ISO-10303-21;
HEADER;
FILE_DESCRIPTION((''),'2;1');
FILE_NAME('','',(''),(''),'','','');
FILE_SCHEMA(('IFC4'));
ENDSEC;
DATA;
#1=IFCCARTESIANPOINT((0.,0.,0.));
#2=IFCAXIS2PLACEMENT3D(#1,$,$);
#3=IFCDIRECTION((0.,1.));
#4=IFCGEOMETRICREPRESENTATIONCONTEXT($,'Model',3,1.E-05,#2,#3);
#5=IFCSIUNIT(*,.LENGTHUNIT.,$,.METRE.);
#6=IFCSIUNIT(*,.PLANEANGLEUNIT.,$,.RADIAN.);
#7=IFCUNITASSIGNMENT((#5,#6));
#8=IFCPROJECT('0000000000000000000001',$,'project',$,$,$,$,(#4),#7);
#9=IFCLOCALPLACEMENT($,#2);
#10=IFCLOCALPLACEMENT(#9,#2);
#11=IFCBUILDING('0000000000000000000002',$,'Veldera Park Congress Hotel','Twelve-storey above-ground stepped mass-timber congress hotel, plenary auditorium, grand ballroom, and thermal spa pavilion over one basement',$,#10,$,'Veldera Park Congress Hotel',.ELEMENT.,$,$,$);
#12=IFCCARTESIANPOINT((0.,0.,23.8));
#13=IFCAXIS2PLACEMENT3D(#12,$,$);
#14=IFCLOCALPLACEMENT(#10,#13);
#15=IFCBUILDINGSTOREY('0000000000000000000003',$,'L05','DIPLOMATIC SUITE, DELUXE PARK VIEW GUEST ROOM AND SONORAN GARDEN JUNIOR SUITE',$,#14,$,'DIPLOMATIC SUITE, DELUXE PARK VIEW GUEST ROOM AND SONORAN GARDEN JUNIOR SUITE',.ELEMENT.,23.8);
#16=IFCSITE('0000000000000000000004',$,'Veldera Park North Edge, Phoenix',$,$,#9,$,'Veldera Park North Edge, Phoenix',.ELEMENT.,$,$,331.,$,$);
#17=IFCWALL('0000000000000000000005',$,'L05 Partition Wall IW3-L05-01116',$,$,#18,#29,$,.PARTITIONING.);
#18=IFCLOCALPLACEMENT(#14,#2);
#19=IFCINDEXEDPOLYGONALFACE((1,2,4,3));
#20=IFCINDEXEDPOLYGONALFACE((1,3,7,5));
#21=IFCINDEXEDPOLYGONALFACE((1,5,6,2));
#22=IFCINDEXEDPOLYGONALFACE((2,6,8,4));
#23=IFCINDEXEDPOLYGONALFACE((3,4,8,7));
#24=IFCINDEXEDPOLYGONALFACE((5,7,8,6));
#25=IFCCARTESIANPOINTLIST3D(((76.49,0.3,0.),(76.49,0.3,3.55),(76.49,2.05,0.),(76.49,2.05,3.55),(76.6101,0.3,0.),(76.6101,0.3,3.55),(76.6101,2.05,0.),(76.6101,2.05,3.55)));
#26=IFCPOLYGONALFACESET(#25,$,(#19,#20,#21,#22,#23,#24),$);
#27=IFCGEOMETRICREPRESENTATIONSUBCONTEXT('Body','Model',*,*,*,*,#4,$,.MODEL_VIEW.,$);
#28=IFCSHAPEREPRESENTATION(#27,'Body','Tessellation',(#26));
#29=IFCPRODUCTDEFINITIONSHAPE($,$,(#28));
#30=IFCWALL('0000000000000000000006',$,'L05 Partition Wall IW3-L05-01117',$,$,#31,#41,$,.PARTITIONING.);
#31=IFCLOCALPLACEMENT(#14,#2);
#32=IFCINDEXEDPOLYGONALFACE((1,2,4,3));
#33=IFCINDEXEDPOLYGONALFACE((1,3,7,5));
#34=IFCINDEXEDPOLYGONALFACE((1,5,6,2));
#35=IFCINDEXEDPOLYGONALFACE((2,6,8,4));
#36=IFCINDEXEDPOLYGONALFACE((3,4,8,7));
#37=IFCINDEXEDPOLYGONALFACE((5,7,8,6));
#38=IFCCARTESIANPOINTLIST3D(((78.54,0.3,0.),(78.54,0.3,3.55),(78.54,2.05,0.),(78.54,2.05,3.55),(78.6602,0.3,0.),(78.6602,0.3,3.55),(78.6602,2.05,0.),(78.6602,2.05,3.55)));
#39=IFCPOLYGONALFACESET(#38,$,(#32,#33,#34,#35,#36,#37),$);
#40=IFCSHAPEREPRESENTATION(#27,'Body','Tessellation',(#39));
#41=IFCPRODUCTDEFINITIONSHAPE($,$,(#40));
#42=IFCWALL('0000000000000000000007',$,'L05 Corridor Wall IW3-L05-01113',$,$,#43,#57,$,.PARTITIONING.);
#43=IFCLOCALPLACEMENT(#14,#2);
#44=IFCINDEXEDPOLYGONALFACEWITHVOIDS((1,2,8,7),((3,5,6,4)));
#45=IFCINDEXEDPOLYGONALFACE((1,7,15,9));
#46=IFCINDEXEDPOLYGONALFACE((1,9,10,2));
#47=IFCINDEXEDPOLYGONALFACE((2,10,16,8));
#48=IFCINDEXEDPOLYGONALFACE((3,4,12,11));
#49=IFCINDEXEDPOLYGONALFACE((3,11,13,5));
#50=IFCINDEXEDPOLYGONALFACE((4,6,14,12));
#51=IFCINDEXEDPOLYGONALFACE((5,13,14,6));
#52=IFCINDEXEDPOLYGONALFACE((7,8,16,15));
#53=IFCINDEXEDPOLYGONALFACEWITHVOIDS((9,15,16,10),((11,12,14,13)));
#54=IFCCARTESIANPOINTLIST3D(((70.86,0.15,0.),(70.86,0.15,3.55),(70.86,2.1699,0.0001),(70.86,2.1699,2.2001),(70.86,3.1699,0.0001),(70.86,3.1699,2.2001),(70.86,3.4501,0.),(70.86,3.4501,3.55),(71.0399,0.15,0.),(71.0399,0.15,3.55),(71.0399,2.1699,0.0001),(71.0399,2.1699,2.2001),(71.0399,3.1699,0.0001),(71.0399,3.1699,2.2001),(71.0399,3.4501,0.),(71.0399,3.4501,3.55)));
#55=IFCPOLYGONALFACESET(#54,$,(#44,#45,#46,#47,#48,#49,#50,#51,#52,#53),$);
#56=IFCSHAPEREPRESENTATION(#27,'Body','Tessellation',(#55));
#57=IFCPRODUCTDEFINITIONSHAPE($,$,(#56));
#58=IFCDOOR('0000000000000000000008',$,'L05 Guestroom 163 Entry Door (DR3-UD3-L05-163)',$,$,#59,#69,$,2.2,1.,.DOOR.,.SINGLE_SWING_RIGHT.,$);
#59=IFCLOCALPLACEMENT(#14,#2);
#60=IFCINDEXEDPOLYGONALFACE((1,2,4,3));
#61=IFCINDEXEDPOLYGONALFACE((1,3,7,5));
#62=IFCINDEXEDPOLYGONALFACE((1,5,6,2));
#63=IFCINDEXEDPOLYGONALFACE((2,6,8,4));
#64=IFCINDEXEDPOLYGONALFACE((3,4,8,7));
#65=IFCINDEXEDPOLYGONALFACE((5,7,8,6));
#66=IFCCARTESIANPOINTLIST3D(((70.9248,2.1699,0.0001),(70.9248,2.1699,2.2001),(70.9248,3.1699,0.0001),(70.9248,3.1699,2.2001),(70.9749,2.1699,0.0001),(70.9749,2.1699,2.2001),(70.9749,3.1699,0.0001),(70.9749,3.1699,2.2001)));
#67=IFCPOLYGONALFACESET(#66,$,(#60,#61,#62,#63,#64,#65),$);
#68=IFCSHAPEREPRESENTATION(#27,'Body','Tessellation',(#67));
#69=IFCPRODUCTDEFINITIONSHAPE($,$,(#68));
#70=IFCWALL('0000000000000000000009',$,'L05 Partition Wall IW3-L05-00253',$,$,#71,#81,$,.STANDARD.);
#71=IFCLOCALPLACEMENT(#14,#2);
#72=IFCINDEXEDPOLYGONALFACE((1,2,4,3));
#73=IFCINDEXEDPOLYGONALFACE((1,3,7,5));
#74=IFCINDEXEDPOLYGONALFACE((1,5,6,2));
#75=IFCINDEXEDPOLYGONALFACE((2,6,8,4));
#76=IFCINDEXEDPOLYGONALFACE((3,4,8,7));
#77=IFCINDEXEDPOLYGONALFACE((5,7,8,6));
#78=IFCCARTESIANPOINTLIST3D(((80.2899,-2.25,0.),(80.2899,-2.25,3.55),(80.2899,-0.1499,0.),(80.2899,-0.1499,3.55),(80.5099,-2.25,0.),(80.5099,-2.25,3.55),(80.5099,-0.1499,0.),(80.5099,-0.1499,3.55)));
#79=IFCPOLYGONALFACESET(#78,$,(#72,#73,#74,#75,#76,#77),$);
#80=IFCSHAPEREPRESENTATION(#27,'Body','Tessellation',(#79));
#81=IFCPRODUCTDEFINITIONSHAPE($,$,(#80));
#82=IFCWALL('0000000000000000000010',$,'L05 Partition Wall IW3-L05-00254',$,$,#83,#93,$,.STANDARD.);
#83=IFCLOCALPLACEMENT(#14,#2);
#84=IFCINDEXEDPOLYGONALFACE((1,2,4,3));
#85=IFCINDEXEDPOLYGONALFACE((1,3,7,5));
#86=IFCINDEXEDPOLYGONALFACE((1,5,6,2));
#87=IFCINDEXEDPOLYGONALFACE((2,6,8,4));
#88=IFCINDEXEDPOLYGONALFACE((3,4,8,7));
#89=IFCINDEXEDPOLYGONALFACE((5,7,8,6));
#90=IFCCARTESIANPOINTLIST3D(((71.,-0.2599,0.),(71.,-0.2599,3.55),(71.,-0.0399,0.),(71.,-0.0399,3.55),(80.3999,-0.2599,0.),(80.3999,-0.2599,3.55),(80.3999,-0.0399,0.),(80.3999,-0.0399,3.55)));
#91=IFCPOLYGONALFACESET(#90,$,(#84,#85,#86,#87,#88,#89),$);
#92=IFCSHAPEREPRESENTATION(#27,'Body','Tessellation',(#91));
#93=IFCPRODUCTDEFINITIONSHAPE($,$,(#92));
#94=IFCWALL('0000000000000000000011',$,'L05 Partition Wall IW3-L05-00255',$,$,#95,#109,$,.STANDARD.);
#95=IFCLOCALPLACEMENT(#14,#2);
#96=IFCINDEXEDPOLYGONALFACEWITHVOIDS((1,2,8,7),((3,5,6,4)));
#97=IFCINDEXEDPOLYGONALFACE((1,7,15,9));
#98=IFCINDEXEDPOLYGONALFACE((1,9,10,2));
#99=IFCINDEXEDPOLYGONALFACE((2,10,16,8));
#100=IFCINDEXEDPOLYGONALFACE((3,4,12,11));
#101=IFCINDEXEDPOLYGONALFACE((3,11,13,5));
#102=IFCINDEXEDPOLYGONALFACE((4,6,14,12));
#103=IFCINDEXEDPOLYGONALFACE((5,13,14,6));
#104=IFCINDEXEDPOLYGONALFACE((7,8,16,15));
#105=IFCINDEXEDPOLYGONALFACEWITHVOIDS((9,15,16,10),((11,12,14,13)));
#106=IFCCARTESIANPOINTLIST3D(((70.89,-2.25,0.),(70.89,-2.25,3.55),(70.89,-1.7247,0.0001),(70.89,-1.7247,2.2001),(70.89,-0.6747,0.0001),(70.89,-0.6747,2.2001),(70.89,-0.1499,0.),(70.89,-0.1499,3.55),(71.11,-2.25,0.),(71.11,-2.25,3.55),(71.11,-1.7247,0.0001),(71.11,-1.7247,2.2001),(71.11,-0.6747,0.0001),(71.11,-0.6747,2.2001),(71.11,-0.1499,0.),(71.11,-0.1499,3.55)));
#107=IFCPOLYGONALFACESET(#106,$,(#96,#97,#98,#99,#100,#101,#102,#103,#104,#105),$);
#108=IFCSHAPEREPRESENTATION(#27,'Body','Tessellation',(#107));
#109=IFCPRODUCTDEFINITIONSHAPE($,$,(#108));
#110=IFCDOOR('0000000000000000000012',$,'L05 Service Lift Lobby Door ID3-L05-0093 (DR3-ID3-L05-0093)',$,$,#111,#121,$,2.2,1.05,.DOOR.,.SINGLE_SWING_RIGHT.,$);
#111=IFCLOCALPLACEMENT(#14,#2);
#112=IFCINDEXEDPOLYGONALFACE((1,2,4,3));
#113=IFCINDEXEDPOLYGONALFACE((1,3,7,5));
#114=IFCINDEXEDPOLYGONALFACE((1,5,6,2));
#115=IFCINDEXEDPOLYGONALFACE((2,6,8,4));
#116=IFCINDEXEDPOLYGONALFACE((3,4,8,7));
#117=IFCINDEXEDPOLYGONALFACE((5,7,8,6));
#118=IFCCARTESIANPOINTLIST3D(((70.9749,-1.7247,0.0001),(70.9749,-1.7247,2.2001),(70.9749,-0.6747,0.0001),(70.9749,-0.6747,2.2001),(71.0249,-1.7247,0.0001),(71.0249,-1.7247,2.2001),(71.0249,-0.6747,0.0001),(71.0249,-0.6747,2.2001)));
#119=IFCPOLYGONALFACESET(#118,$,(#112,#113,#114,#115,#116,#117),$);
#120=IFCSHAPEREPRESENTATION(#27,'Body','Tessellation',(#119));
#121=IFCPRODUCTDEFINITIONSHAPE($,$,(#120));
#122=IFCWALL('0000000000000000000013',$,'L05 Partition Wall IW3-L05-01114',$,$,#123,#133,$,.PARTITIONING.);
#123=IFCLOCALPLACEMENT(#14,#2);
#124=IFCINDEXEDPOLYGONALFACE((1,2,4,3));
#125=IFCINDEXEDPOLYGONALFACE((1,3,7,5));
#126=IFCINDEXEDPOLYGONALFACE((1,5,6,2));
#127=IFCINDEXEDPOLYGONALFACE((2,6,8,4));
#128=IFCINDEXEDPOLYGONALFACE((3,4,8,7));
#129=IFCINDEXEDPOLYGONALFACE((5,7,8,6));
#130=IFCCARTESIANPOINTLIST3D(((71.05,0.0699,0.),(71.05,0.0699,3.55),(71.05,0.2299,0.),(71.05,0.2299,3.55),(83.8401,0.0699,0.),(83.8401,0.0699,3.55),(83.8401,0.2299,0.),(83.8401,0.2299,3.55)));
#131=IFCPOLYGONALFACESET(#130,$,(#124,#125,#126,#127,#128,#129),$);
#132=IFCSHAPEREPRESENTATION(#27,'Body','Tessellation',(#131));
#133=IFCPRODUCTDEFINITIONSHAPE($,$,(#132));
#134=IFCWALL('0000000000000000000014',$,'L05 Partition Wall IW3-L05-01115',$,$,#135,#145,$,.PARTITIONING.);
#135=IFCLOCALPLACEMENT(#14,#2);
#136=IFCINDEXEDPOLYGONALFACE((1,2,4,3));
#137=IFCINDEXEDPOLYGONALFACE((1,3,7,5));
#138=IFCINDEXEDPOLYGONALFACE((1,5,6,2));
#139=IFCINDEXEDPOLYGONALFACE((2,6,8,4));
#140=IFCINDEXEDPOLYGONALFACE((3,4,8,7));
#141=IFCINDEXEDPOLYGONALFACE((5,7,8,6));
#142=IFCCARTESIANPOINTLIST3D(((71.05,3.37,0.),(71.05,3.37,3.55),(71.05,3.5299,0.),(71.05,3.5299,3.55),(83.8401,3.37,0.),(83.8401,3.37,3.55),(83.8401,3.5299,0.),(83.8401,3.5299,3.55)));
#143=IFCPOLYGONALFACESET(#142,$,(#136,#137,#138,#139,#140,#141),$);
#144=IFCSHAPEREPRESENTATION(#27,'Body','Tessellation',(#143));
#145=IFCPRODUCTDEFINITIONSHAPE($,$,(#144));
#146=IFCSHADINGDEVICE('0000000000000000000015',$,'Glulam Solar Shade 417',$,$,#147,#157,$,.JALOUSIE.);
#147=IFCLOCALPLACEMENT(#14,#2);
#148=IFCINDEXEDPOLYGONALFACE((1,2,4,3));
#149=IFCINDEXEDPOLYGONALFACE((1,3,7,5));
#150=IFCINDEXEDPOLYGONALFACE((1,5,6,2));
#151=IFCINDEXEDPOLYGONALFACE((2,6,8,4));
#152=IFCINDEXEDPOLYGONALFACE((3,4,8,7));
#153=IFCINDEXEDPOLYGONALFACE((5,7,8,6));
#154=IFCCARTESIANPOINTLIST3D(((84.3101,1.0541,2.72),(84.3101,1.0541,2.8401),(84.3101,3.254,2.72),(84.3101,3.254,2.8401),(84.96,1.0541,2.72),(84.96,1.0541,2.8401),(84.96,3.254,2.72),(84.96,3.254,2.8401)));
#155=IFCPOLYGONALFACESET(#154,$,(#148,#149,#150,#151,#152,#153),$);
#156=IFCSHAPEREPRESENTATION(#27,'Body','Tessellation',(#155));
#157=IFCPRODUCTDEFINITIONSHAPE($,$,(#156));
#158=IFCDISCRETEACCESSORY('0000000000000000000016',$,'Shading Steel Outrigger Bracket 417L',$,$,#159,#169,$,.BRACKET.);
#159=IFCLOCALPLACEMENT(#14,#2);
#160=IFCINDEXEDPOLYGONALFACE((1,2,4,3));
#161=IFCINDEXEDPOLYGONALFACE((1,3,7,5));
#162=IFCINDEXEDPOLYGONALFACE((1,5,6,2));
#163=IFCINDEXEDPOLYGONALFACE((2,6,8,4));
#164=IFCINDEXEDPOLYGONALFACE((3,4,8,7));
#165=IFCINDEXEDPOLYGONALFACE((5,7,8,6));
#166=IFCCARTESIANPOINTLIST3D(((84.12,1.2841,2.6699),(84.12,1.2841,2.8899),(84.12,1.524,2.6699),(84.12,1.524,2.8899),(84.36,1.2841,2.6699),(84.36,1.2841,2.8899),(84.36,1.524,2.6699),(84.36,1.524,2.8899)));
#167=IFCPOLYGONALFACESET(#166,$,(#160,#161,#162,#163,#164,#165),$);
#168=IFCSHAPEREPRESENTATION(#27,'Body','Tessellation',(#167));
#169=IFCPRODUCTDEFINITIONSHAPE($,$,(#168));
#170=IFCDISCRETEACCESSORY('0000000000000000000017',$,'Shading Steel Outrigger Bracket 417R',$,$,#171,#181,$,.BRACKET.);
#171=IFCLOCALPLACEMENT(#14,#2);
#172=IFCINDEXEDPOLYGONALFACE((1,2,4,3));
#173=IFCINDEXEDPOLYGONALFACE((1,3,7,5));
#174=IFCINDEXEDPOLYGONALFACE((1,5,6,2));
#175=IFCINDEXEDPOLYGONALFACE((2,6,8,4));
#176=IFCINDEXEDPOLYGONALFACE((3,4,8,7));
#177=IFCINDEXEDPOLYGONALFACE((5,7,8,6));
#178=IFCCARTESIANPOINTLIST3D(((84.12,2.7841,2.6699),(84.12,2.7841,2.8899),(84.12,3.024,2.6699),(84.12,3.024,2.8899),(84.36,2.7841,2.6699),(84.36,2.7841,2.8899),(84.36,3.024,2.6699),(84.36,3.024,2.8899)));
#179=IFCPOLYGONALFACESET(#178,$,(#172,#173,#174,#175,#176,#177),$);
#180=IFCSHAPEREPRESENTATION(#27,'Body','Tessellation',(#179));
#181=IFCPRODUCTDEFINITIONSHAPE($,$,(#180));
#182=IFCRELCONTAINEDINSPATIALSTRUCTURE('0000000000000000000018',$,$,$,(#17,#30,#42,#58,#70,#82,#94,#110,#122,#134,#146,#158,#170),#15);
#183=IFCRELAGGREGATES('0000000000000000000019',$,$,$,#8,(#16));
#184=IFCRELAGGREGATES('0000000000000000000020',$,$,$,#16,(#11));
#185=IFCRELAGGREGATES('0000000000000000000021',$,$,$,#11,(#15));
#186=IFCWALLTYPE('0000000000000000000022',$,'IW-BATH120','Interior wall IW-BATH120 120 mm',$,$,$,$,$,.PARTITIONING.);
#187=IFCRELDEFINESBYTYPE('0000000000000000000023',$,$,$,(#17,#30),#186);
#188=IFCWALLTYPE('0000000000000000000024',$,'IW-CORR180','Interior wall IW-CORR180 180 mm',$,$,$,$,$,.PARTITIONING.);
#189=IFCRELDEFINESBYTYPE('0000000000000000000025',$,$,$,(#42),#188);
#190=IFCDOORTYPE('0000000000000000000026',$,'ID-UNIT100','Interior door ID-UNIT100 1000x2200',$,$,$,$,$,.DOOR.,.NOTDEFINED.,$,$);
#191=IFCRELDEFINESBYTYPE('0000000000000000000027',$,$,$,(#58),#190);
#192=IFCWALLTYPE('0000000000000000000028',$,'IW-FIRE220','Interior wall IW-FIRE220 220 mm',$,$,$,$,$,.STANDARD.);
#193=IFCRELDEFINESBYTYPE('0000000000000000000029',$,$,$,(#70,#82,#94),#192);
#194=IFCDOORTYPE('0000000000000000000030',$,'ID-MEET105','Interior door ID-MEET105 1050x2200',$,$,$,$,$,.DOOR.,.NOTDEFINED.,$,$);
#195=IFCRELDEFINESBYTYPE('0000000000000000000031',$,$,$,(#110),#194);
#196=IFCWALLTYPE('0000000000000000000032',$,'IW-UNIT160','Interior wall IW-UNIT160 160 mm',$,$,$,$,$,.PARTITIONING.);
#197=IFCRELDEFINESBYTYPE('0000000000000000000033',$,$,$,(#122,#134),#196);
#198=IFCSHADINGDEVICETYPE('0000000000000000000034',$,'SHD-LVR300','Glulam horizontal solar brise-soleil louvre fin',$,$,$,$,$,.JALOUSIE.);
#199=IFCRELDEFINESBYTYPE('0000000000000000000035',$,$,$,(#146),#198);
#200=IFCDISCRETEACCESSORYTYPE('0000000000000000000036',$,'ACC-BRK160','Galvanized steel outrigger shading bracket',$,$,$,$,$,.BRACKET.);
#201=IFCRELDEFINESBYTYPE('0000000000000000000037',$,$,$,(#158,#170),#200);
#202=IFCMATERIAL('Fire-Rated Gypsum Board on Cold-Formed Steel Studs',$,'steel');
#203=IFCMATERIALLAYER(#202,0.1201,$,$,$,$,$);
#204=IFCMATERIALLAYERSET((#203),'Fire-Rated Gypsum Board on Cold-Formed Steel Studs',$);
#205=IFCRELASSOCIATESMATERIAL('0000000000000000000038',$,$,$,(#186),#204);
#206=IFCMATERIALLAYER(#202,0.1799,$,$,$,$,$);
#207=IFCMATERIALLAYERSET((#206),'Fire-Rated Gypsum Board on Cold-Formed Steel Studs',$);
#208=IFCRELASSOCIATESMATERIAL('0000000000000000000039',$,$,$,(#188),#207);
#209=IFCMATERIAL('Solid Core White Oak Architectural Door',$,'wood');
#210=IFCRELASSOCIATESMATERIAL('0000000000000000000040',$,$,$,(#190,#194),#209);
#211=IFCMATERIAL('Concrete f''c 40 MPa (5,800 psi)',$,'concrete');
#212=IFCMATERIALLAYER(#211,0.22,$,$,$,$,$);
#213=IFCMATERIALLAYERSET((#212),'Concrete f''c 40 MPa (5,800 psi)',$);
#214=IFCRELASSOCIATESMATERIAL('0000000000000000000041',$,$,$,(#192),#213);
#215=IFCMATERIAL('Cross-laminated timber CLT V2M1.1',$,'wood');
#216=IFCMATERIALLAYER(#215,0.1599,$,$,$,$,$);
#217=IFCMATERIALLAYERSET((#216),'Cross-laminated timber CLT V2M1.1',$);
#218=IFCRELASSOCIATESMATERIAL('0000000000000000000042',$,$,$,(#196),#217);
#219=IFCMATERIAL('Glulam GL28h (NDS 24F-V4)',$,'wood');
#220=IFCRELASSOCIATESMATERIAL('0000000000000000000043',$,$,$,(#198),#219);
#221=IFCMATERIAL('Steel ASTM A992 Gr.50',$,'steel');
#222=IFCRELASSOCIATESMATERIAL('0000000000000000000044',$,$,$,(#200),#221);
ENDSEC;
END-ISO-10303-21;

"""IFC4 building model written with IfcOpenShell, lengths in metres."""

from ifc_helpers import new_model, si_unit, direction, frame, frame_2d, origin, origin_2d, place, context, subcontext, project, spatial, rectangle, extrude, material, layer, layer_set, type_object, element, fill, save


model = new_model("IFC4")

# Units and contexts
model_context = context("Model", 3, precision=1e-05, world=origin(), true_north=direction((0.0, 1.0)))
body_context = subcontext(model_context, "Body", "Model", "MODEL_VIEW")
ifc_project = project(units=[si_unit("LENGTHUNIT", "METRE"), si_unit("PLANEANGLEUNIT", "RADIAN")], contexts=[model_context])

# Site, building, storey
site_placement = place(None, origin())
site = spatial("IfcSite", under=ifc_project, at=site_placement, Name="Veldera Park North Edge, Phoenix", LongName="Veldera Park North Edge, Phoenix", CompositionType="ELEMENT", RefElevation=331.0)
building_placement = place(site_placement, origin())
building = spatial("IfcBuilding", under=site, at=building_placement, Name="Veldera Park Congress Hotel", Description="Twelve-storey above-ground stepped mass-timber congress hotel, plenary auditorium, grand ballroom, and thermal spa pavilion over one basement", LongName="Veldera Park Congress Hotel", CompositionType="ELEMENT")
storey_placement = place(building_placement, frame((0.0, 0.0, 23.8)))
storey = spatial("IfcBuildingStorey", under=building, at=storey_placement, Name="L05", Description="DIPLOMATIC SUITE, DELUXE PARK VIEW GUEST ROOM AND SONORAN GARDEN JUNIOR SUITE", LongName="DIPLOMATIC SUITE, DELUXE PARK VIEW GUEST ROOM AND SONORAN GARDEN JUNIOR SUITE", CompositionType="ELEMENT", Elevation=23.8)

# Shared definitions
ifc_material_1 = material(Name="Glulam GL28h (NDS 24F-V4)", Category="wood")

# Shared definitions
ifc_material_2 = material(Name="Cross-laminated timber CLT V2M1.1", Category="wood")

# Walls
ifc_material_3 = material(Name="Fire-Rated Gypsum Board on Cold-Formed Steel Studs", Category="steel")
ifc_layer_1 = layer(ifc_material_3, 0.1201)
ifc_layer_set_1 = layer_set([ifc_layer_1], Name="Fire-Rated Gypsum Board on Cold-Formed Steel Studs")
wall_type_1 = type_object("IfcWallType", Name="IW-BATH120", Description="Interior wall IW-BATH120 120 mm", PredefinedType="PARTITIONING", material=ifc_layer_set_1)
for number, where, z_axis, x_axis, name in (
    (1, (76.55, 0.3, 0.0), (0.0, 0.0, 1.0), (0.0, 1.0, 0.0), "L05 Partition Wall IW3-L05-01116"),
    (2, (78.6001, 0.3, 0.0), (0.0, 0.0, 1.0), (0.0, 1.0, 0.0), "L05 Partition Wall IW3-L05-01117"),
):
    element("IfcWall", number, at=place(storey_placement, frame(where, z_axis=z_axis, x_axis=x_axis)), inside=storey, type_object=wall_type_1, Name=name, PredefinedType="PARTITIONING", context=body_context, shape_type="SweptSolid", body=[
        extrude(rectangle(XDim=1.75, YDim=0.1201, at=frame_2d((0.875, 0.0))), origin(), (0.0, 0.0, 1.0), 3.55),
    ])

# Wall, opening, door
ifc_material_4 = material(Name="Solid Core White Oak Architectural Door", Category="wood")
ifc_layer_2 = layer(ifc_material_3, 0.1799)
ifc_layer_set_2 = layer_set([ifc_layer_2], Name="Fire-Rated Gypsum Board on Cold-Formed Steel Studs")
wall_type_2 = type_object("IfcWallType", Name="IW-CORR180", Description="Interior wall IW-CORR180 180 mm", PredefinedType="PARTITIONING", material=ifc_layer_set_2)
wall_1_placement = place(storey_placement, frame((70.95, 3.45, 0.0), z_axis=(0.0, 0.0, 1.0), x_axis=(0.0, -1.0, 0.0)))
wall_1 = element("IfcWall", 3, at=wall_1_placement, inside=storey, type_object=wall_type_2, Name="L05 Corridor Wall IW3-L05-01113", PredefinedType="PARTITIONING", context=body_context, shape_type="SweptSolid", body=[
    extrude(rectangle(XDim=3.3, YDim=0.1799, at=frame_2d((1.6499, 0.0))), origin(), (0.0, 0.0, 1.0), 3.55),
])
opening_1_placement = place(wall_1_placement, frame((0.28, 0.0, 0.0)))
opening_1 = element("IfcOpeningElement", 4, at=opening_1_placement, cuts=wall_1, PredefinedType="OPENING", context=body_context, shape_type="SweptSolid", body=[
    extrude(rectangle(XDim=1.0, YDim=2.2, at=frame_2d((0.5, 1.1001))), frame((0.0, 0.1021, 0.0), z_axis=(0.0, -1.0, 0.0), x_axis=(1.0, 0.0, 0.0)), (0.0, 0.0, 1.0), 0.2039),
])
door_type_1 = type_object("IfcDoorType", Name="ID-UNIT100", Description="Interior door ID-UNIT100 1000x2200", OperationType="NOTDEFINED", PredefinedType="DOOR", material=ifc_material_4)
door_1_placement = place(opening_1_placement, origin())
door_1 = element("IfcDoor", 5, at=door_1_placement, inside=storey, type_object=door_type_1, Name="L05 Guestroom 163 Entry Door (DR3-UD3-L05-163)", OperationType="SINGLE_SWING_RIGHT", OverallHeight=2.2, OverallWidth=1.0, PredefinedType="DOOR", context=body_context, shape_type="SweptSolid", body=[
    extrude(rectangle(XDim=1.0, YDim=2.2, at=frame_2d((0.5, 1.1001))), frame((0.0, 0.0249, 0.0), z_axis=(0.0, -1.0, 0.0), x_axis=(1.0, 0.0, 0.0)), (0.0, 0.0, 1.0), 0.05),
])
fill(opening_1, door_1)

# Walls
ifc_material_5 = material(Name="Concrete f'c 40 MPa (5,800 psi)", Category="concrete")
ifc_layer_3 = layer(ifc_material_5, 0.22)
ifc_layer_set_3 = layer_set([ifc_layer_3], Name="Concrete f'c 40 MPa (5,800 psi)")
wall_type_3 = type_object("IfcWallType", Name="IW-FIRE220", Description="Interior wall IW-FIRE220 220 mm", PredefinedType="STANDARD", material=ifc_layer_set_3)
wall_2_placement = place(storey_placement, frame((80.3999, -2.25, 0.0), z_axis=(0.0, 0.0, 1.0), x_axis=(0.0, 1.0, 0.0)))
element("IfcWall", 6, at=wall_2_placement, inside=storey, type_object=wall_type_3, Name="L05 Partition Wall IW3-L05-00253", PredefinedType="STANDARD", context=body_context, shape_type="SweptSolid", body=[
    extrude(rectangle(XDim=2.1001, YDim=0.22, at=frame_2d((1.05, 0.0))), origin(), (0.0, 0.0, 1.0), 3.55),
])
wall_3_placement = place(storey_placement, frame((80.3999, -0.1499, 0.0), z_axis=(0.0, 0.0, 1.0), x_axis=(-1.0, 0.0, 0.0)))
element("IfcWall", 7, at=wall_3_placement, inside=storey, type_object=wall_type_3, Name="L05 Partition Wall IW3-L05-00254", PredefinedType="STANDARD", context=body_context, shape_type="SweptSolid", body=[
    extrude(rectangle(XDim=9.3999, YDim=0.22, at=frame_2d((4.7, 0.0))), origin(), (0.0, 0.0, 1.0), 3.55),
])

# Wall, opening, door
wall_4_placement = place(storey_placement, frame((71.0, -0.1499, 0.0), z_axis=(0.0, 0.0, 1.0), x_axis=(0.0, -1.0, 0.0)))
wall_4 = element("IfcWall", 8, at=wall_4_placement, inside=storey, type_object=wall_type_3, Name="L05 Partition Wall IW3-L05-00255", PredefinedType="STANDARD", context=body_context, shape_type="SweptSolid", body=[
    extrude(rectangle(XDim=2.1001, YDim=0.22, at=frame_2d((1.05, 0.0))), origin(), (0.0, 0.0, 1.0), 3.55),
])
opening_2_placement = place(wall_4_placement, frame((0.5249, 0.0, 0.0)))
opening_2 = element("IfcOpeningElement", 9, at=opening_2_placement, cuts=wall_4, PredefinedType="OPENING", context=body_context, shape_type="SweptSolid", body=[
    extrude(rectangle(XDim=1.05, YDim=2.2, at=frame_2d((0.5249, 1.1001))), frame((0.0, 0.1221, 0.0), z_axis=(0.0, -1.0, 0.0), x_axis=(1.0, 0.0, 0.0)), (0.0, 0.0, 1.0), 0.2439),
])
door_type_2 = type_object("IfcDoorType", Name="ID-MEET105", Description="Interior door ID-MEET105 1050x2200", OperationType="NOTDEFINED", PredefinedType="DOOR", material=ifc_material_4)
door_2_placement = place(opening_2_placement, origin())
door_2 = element("IfcDoor", 10, at=door_2_placement, inside=storey, type_object=door_type_2, Name="L05 Service Lift Lobby Door ID3-L05-0093 (DR3-ID3-L05-0093)", OperationType="SINGLE_SWING_RIGHT", OverallHeight=2.2, OverallWidth=1.05, PredefinedType="DOOR", context=body_context, shape_type="SweptSolid", body=[
    extrude(rectangle(XDim=1.05, YDim=2.2, at=frame_2d((0.5249, 1.1001))), frame((0.0, 0.0249, 0.0), z_axis=(0.0, -1.0, 0.0), x_axis=(1.0, 0.0, 0.0)), (0.0, 0.0, 1.0), 0.05),
])
fill(opening_2, door_2)

# Walls
ifc_layer_4 = layer(ifc_material_2, 0.1599)
ifc_layer_set_4 = layer_set([ifc_layer_4], Name="Cross-laminated timber CLT V2M1.1")
wall_type_4 = type_object("IfcWallType", Name="IW-UNIT160", Description="Interior wall IW-UNIT160 160 mm", PredefinedType="PARTITIONING", material=ifc_layer_set_4)
for number, where, z_axis, x_axis, name in (
    (11, (71.05, 0.1499, 0.0), (0.0, 0.0, 1.0), (1.0, 0.0, 0.0), "L05 Partition Wall IW3-L05-01114"),
    (12, (71.05, 3.45, 0.0), (0.0, 0.0, 1.0), (1.0, 0.0, 0.0), "L05 Partition Wall IW3-L05-01115"),
):
    element("IfcWall", number, at=place(storey_placement, frame(where, z_axis=z_axis, x_axis=x_axis)), inside=storey, type_object=wall_type_4, Name=name, PredefinedType="PARTITIONING", context=body_context, shape_type="SweptSolid", body=[
        extrude(rectangle(XDim=12.79, YDim=0.1599, at=frame_2d((6.395, 0.0))), origin(), (0.0, 0.0, 1.0), 3.55),
    ])

# Shading device
shading_device_type = type_object("IfcShadingDeviceType", Name="SHD-LVR300", Description="Glulam horizontal solar brise-soleil louvre fin", PredefinedType="JALOUSIE", material=ifc_material_1)
shading_device_placement = place(storey_placement, frame((84.635, 2.1541, 2.72), z_axis=(0.0, 0.0, 1.0), x_axis=(0.0, 1.0, 0.0)))
element("IfcShadingDevice", 13, at=shading_device_placement, inside=storey, type_object=shading_device_type, Name="Glulam Solar Shade 417", PredefinedType="JALOUSIE", context=body_context, shape_type="SweptSolid", body=[
    extrude(rectangle(XDim=2.2, YDim=0.6499, at=origin_2d()), origin(), (0.0, 0.0, 1.0), 0.1201),
])

# Discrete accessories
ifc_material_6 = material(Name="Steel ASTM A992 Gr.50", Category="steel")
discrete_accessory_type = type_object("IfcDiscreteAccessoryType", Name="ACC-BRK160", Description="Galvanized steel outrigger shading bracket", PredefinedType="BRACKET", material=ifc_material_6)
for number, where, z_axis, x_axis, name in (
    (14, (84.24, 1.4041, 2.6699), (0.0, 0.0, 1.0), (0.0, 1.0, 0.0), "Shading Steel Outrigger Bracket 417L"),
    (15, (84.24, 2.9041, 2.6699), (0.0, 0.0, 1.0), (0.0, 1.0, 0.0), "Shading Steel Outrigger Bracket 417R"),
):
    element("IfcDiscreteAccessory", number, at=place(storey_placement, frame(where, z_axis=z_axis, x_axis=x_axis)), inside=storey, type_object=discrete_accessory_type, Name=name, PredefinedType="BRACKET", context=body_context, shape_type="SweptSolid", body=[
        extrude(rectangle(XDim=0.24, YDim=0.24, at=origin_2d()), origin(), (0.0, 0.0, 1.0), 0.22),
    ])

save(model, "model.ifc")
